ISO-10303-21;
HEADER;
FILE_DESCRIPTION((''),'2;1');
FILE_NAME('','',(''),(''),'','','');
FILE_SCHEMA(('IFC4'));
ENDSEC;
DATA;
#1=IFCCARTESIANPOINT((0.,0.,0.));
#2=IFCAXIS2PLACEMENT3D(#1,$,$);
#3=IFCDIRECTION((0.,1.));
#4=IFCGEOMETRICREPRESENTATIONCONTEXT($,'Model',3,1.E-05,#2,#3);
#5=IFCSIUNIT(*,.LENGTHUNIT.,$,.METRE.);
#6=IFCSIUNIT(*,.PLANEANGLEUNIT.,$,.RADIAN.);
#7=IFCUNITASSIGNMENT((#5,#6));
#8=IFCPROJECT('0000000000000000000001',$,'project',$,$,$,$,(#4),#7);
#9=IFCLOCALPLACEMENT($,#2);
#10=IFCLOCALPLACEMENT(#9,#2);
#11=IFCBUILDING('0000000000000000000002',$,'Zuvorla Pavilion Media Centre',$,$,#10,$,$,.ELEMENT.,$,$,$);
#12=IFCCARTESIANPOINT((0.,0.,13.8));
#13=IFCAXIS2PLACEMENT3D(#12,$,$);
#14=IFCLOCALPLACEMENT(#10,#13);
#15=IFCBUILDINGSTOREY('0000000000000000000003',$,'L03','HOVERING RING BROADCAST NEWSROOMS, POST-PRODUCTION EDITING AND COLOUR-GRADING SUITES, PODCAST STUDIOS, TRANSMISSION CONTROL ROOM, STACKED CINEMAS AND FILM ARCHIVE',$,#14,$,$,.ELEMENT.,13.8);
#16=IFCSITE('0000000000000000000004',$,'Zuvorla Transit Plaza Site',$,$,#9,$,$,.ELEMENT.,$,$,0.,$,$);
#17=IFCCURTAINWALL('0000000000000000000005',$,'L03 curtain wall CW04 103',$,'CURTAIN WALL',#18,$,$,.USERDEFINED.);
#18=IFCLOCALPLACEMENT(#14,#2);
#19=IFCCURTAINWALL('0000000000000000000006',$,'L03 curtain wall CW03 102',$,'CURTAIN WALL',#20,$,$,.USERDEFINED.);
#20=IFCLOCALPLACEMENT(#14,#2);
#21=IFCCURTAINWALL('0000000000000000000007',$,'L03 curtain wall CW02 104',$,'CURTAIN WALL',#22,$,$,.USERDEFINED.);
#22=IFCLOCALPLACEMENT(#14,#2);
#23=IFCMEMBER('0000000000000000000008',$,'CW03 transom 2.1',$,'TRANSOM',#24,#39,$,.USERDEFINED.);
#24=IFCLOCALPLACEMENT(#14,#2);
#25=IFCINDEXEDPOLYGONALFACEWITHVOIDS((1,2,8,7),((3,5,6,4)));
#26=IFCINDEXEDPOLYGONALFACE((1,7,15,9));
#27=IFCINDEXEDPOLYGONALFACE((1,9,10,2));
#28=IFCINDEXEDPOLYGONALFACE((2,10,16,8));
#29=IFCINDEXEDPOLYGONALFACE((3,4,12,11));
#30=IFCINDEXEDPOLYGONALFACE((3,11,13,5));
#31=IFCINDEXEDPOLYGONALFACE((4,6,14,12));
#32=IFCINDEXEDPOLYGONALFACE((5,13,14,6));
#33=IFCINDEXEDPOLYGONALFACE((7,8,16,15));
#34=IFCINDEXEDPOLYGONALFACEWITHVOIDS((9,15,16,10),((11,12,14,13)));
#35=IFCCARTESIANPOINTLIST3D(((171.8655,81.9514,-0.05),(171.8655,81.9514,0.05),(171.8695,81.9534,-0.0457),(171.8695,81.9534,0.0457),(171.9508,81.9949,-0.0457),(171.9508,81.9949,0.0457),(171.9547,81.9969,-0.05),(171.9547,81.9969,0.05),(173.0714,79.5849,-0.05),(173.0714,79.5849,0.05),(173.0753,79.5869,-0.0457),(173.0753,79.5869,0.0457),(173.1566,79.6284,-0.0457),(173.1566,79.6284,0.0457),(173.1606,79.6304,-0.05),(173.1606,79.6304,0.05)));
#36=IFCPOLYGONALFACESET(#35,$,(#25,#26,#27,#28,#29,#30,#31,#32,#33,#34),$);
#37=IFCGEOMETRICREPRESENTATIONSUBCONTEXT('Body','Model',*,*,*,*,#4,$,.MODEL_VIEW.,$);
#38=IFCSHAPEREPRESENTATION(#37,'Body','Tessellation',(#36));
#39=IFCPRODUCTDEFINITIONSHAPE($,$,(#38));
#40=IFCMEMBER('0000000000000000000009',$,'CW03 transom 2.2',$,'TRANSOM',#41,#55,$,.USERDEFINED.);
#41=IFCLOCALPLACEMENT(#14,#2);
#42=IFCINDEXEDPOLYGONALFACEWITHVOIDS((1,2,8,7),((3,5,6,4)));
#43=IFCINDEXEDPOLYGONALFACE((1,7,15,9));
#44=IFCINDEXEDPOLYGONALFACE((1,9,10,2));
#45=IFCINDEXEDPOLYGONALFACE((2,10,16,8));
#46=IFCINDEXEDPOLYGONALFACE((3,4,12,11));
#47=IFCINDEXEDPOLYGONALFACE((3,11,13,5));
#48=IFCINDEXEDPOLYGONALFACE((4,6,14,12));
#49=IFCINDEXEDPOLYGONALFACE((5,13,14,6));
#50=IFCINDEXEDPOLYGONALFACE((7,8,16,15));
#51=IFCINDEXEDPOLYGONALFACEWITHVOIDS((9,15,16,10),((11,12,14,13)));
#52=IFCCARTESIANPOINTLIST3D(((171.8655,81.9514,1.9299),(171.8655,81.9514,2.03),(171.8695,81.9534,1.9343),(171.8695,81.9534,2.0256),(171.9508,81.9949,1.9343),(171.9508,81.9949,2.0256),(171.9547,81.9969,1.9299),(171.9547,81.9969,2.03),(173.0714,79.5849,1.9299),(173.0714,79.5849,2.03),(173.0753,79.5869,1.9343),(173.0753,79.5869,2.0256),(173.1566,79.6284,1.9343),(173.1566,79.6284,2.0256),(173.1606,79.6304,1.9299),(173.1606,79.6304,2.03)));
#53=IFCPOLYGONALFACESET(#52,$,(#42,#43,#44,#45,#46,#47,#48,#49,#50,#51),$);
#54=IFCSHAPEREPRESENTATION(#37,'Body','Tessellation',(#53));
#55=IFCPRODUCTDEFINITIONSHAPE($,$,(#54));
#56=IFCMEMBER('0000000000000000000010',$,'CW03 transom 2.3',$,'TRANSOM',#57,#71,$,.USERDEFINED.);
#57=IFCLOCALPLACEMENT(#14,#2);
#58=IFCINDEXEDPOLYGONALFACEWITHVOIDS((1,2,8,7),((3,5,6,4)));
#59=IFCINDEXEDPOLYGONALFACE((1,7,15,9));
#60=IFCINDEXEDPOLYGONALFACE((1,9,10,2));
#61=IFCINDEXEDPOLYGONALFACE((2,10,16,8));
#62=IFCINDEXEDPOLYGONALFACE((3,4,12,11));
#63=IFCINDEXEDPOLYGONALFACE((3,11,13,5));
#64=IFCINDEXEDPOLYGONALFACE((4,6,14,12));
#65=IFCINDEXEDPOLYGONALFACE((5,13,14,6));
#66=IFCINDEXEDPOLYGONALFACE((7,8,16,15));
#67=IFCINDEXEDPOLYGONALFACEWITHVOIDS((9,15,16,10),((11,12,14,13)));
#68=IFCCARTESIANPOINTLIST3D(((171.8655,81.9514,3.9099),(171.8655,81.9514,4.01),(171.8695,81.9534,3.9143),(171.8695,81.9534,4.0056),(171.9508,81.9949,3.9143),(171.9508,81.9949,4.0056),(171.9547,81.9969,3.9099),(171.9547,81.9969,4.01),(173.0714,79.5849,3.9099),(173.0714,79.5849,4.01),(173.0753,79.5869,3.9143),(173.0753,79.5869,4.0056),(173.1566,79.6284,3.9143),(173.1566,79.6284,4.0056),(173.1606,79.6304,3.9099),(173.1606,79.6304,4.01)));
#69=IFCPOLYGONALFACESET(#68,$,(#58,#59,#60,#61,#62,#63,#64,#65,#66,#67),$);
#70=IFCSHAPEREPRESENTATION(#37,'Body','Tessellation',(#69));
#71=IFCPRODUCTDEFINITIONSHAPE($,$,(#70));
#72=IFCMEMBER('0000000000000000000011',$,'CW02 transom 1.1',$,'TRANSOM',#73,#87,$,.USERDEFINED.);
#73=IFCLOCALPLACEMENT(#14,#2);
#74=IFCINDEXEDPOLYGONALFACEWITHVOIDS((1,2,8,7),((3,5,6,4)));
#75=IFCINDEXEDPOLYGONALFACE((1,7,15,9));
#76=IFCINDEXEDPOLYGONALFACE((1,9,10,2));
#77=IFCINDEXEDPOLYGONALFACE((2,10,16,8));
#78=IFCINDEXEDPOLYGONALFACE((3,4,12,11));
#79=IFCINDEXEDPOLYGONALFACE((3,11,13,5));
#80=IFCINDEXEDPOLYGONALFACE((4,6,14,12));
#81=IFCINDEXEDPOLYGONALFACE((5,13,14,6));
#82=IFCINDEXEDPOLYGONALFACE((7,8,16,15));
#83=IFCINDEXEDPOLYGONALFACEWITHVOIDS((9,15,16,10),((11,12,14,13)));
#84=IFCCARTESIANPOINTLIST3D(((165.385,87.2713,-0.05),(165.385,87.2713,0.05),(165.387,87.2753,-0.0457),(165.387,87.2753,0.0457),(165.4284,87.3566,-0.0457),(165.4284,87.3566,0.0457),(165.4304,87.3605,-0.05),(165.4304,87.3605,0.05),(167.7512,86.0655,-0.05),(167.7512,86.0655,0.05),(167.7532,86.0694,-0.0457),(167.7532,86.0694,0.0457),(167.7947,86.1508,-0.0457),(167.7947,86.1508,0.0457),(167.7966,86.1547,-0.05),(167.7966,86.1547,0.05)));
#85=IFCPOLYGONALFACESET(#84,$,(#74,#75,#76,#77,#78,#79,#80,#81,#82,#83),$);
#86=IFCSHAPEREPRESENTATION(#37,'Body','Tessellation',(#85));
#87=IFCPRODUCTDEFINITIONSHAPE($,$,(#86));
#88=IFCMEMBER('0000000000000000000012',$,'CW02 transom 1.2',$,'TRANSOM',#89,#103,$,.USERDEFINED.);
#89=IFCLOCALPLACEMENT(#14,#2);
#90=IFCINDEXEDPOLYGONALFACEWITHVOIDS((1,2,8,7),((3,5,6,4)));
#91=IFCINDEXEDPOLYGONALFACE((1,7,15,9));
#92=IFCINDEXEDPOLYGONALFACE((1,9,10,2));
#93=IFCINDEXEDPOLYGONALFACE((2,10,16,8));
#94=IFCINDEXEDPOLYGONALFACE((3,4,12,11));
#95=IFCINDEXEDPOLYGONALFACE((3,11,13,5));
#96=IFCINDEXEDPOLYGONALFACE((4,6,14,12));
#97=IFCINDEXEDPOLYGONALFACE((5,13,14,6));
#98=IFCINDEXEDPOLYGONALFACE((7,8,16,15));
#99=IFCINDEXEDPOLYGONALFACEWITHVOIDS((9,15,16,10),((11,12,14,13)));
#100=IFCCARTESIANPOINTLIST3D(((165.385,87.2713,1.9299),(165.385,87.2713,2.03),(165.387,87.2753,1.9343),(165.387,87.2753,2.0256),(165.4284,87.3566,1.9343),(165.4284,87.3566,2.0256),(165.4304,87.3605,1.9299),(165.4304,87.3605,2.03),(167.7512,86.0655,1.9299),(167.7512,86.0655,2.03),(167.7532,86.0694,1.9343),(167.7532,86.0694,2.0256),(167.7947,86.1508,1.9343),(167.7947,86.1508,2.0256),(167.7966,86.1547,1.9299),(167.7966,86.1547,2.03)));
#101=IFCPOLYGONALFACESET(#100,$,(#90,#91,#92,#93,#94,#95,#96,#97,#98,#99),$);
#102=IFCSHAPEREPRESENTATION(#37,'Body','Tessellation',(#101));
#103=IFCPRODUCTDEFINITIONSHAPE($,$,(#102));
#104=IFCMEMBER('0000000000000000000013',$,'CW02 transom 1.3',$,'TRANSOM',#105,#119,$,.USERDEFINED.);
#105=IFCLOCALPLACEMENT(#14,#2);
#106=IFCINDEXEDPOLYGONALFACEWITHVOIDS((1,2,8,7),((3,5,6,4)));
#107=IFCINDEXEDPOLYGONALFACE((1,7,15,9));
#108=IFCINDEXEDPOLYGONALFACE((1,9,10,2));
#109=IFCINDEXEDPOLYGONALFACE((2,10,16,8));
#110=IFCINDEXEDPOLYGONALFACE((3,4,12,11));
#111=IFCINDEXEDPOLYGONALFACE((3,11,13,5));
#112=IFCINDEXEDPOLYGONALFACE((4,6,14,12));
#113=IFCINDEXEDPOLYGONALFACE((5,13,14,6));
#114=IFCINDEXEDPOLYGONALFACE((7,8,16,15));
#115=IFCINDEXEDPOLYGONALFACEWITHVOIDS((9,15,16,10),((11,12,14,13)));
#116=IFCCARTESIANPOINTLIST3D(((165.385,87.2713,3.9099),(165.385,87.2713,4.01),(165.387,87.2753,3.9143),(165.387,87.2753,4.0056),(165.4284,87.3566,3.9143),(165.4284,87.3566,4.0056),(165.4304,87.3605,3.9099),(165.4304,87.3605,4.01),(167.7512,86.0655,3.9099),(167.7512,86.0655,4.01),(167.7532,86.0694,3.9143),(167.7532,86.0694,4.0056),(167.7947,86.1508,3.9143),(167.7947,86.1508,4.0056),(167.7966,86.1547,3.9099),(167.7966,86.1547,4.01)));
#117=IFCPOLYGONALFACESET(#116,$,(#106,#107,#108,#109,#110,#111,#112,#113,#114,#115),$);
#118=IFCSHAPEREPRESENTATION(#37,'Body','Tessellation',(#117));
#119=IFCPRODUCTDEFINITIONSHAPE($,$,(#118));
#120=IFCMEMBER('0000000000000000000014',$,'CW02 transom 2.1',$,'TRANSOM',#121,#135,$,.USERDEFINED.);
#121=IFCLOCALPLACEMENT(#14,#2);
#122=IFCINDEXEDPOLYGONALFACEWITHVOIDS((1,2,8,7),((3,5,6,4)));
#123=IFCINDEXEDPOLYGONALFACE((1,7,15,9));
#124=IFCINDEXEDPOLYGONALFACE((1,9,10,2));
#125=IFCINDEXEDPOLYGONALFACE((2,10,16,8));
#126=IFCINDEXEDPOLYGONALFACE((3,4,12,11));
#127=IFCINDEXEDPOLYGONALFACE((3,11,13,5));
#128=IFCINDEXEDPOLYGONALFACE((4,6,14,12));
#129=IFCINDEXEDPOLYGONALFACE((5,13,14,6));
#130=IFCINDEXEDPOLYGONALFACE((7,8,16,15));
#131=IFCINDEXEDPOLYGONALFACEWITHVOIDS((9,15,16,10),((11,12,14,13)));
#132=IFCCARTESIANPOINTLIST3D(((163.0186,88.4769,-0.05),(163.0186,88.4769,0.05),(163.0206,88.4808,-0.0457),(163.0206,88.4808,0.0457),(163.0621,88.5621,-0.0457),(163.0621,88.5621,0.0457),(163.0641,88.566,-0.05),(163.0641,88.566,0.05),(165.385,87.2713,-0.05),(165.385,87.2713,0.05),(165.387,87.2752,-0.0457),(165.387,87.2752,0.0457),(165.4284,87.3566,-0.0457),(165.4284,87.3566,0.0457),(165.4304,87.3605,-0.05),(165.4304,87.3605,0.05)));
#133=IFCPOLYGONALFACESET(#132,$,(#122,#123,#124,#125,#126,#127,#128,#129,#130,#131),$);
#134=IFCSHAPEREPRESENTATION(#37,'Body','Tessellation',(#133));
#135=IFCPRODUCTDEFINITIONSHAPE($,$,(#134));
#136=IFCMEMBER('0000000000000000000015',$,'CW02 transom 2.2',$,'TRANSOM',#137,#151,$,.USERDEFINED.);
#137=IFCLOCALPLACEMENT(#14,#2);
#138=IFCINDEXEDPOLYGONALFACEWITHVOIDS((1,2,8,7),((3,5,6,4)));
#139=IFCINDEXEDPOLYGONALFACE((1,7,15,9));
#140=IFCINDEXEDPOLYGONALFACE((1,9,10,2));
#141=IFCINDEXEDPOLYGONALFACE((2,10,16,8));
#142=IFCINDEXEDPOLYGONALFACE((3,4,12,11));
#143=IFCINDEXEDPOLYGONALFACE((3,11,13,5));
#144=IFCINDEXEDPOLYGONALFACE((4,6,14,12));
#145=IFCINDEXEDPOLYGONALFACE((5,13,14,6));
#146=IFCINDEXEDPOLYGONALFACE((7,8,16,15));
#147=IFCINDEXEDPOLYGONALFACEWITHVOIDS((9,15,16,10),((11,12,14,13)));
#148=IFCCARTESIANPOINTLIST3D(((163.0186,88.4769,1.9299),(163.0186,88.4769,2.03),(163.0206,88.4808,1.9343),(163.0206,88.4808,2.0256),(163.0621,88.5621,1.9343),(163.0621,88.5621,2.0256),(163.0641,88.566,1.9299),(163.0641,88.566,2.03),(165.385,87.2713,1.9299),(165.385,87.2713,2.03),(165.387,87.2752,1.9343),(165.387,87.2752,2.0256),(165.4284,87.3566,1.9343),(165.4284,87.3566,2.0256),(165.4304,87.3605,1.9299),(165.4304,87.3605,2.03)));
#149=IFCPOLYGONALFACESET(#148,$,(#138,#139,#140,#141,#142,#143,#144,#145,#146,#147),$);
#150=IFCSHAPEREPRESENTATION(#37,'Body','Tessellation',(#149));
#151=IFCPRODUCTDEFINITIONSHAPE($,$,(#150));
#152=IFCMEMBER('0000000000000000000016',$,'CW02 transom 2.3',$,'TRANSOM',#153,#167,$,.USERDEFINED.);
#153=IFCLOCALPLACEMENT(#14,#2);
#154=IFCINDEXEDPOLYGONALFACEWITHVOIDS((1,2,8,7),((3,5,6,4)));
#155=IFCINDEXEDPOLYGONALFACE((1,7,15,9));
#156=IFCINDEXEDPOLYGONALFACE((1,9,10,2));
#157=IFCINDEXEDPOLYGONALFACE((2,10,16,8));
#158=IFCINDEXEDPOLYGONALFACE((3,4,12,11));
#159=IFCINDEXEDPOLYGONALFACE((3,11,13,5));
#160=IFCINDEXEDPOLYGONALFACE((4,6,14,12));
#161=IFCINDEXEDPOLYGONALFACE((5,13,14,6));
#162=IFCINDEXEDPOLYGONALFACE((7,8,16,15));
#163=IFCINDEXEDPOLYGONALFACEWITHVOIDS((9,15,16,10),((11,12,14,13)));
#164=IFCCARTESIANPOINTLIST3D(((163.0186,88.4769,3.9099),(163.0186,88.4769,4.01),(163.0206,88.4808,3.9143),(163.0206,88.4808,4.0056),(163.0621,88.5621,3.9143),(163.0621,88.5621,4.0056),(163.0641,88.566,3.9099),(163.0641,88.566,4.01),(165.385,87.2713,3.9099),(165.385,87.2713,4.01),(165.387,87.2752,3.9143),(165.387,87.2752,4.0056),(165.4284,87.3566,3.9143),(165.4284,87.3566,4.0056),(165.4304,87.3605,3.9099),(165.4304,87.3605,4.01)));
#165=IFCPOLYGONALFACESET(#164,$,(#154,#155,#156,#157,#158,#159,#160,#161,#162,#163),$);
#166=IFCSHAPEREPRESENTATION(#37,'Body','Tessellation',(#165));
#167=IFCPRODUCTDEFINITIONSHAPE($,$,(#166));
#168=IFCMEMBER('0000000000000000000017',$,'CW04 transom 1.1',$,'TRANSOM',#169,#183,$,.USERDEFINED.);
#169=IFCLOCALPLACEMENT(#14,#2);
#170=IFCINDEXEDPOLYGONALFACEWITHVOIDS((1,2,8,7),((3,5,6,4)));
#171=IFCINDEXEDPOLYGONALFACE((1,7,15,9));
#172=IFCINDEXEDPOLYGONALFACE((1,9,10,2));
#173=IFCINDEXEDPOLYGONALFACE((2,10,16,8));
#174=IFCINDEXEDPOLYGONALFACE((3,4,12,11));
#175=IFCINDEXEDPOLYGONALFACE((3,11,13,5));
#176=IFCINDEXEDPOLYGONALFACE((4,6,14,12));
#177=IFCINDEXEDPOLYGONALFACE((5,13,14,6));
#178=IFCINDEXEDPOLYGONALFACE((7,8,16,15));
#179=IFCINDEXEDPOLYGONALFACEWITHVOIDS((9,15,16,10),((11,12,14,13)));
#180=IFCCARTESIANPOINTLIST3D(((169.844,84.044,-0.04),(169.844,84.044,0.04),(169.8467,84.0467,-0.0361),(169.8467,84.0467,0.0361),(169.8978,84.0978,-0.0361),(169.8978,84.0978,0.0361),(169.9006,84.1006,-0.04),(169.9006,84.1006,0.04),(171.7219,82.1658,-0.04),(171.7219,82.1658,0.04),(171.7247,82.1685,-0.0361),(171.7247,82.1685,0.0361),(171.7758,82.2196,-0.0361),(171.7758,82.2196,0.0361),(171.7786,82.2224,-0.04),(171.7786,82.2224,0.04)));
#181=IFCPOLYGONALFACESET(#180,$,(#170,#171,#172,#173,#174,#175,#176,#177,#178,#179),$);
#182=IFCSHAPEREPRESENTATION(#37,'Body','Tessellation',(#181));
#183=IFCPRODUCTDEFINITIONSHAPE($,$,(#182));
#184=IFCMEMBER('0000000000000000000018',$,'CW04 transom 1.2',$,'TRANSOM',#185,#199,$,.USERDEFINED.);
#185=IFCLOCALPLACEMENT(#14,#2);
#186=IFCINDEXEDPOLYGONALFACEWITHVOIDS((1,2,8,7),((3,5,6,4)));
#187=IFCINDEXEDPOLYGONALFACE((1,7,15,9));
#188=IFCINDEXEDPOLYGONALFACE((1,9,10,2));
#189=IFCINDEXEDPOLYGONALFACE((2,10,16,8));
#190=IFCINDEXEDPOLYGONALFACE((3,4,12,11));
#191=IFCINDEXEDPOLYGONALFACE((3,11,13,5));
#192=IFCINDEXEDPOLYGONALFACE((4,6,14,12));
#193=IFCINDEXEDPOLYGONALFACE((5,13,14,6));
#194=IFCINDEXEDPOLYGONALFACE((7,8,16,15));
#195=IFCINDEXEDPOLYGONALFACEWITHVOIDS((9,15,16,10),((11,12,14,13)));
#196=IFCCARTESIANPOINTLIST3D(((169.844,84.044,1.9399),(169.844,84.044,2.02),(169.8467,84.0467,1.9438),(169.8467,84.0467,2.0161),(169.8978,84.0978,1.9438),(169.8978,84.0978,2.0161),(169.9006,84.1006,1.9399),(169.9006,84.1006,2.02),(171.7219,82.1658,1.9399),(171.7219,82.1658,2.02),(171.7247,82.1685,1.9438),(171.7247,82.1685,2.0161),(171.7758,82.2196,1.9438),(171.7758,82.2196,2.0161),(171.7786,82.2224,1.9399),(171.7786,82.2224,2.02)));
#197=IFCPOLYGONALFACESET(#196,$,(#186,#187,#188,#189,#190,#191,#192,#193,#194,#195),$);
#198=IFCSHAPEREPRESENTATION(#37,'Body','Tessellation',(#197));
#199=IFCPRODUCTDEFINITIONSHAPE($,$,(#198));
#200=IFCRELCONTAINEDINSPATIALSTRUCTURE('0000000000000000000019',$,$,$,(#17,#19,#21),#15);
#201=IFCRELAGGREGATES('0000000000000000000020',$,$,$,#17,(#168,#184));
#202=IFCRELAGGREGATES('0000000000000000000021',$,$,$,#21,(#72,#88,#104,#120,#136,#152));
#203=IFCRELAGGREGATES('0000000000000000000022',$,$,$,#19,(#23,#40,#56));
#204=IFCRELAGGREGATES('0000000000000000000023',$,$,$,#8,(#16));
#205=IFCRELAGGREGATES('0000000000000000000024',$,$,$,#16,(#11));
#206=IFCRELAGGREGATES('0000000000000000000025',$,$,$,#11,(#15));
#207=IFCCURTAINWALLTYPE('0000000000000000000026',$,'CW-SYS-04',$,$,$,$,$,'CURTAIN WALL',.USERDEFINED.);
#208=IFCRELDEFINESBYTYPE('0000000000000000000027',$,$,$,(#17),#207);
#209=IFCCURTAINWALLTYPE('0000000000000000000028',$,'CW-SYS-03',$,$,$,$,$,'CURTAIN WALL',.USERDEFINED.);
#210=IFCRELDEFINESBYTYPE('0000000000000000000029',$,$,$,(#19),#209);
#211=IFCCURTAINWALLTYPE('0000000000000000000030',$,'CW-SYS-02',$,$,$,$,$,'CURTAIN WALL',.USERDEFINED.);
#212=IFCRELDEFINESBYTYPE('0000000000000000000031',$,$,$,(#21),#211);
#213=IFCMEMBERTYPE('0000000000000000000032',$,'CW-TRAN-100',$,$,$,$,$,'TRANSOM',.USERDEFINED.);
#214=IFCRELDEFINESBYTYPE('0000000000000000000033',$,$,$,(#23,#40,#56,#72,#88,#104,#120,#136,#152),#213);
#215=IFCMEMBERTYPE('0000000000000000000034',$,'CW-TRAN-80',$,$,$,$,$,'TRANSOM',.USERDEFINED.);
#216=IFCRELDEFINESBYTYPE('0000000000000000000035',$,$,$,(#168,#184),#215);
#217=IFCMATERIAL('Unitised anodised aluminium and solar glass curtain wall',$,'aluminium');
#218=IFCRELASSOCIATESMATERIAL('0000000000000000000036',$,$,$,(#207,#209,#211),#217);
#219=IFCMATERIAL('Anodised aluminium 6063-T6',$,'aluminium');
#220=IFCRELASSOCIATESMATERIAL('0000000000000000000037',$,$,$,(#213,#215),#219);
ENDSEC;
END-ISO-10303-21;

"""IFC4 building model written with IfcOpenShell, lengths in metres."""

from ifc_helpers import new_model, si_unit, direction, frame, origin, origin_2d, place, context, subcontext, project, spatial, hollow_rectangle, extrude, material, material_profile, profile_set, type_object, element, aggregate, save


model = new_model("IFC4")

# Units and contexts
model_context = context("Model", 3, precision=1e-05, world=origin(), true_north=direction((0.0, 1.0)))
body_context = subcontext(model_context, "Body", "Model", "MODEL_VIEW")
ifc_project = project(units=[si_unit("LENGTHUNIT", "METRE"), si_unit("PLANEANGLEUNIT", "RADIAN")], contexts=[model_context])

# Site, building, storey
site_placement = place(None, origin())
site = spatial("IfcSite", under=ifc_project, at=site_placement, Name="Zuvorla Transit Plaza Site", CompositionType="ELEMENT", RefElevation=0.0)
building_placement = place(site_placement, origin())
building = spatial("IfcBuilding", under=site, at=building_placement, Name="Zuvorla Pavilion Media Centre", CompositionType="ELEMENT")
storey_placement = place(building_placement, frame((0.0, 0.0, 13.8)))
storey = spatial("IfcBuildingStorey", under=building, at=storey_placement, Name="L03", Description="HOVERING RING BROADCAST NEWSROOMS, POST-PRODUCTION EDITING AND COLOUR-GRADING SUITES, PODCAST STUDIOS, TRANSMISSION CONTROL ROOM, STACKED CINEMAS AND FILM ARCHIVE", CompositionType="ELEMENT", Elevation=13.8)

# Curtain walls
ifc_material_1 = material(Name="Unitised anodised aluminium and solar glass curtain wall", Category="aluminium")
curtain_wall_type_1 = type_object("IfcCurtainWallType", Name="CW-SYS-04", ElementType="CURTAIN WALL", PredefinedType="USERDEFINED", material=ifc_material_1)
curtain_wall_1_placement = place(storey_placement, origin())
curtain_wall_1 = element("IfcCurtainWall", 1, at=curtain_wall_1_placement, inside=storey, type_object=curtain_wall_type_1, Name="L03 curtain wall CW04 103", ObjectType="CURTAIN WALL", PredefinedType="USERDEFINED")
ifc_material_2 = material(Name="Anodised aluminium 6063-T6", Category="aluminium")
curtain_wall_type_2 = type_object("IfcCurtainWallType", Name="CW-SYS-03", ElementType="CURTAIN WALL", PredefinedType="USERDEFINED", material=ifc_material_1)
curtain_wall_2_placement = place(storey_placement, origin())
curtain_wall_2 = element("IfcCurtainWall", 2, at=curtain_wall_2_placement, inside=storey, type_object=curtain_wall_type_2, Name="L03 curtain wall CW03 102", ObjectType="CURTAIN WALL", PredefinedType="USERDEFINED")
curtain_wall_type_3 = type_object("IfcCurtainWallType", Name="CW-SYS-02", ElementType="CURTAIN WALL", PredefinedType="USERDEFINED", material=ifc_material_1)
curtain_wall_3_placement = place(storey_placement, origin())
curtain_wall_3 = element("IfcCurtainWall", 3, at=curtain_wall_3_placement, inside=storey, type_object=curtain_wall_type_3, Name="L03 curtain wall CW02 104", ObjectType="CURTAIN WALL", PredefinedType="USERDEFINED")

# Members
ifc_material_profile_1 = material_profile(ifc_material_2, hollow_rectangle(XDim=0.1001, YDim=0.1001, WallThickness=0.0044, at=origin_2d()), Name="ALU TRAN 100x100")
ifc_profile_set_1 = profile_set([ifc_material_profile_1], Name="Anodised aluminium 6063-T6")
member_type_1 = type_object("IfcMemberType", Name="CW-TRAN-100", ElementType="TRANSOM", PredefinedType="USERDEFINED", material=ifc_profile_set_1)
member_1_placement = place(storey_placement, frame((173.116, 79.6077, 0.0), z_axis=(-0.454003, 0.891, 0.0), x_axis=(-0.891, -0.454003, 0.0)))
member_1 = element("IfcMember", 4, at=member_1_placement, type_object=member_type_1, Name="CW03 transom 2.1", ObjectType="TRANSOM", PredefinedType="USERDEFINED", context=body_context, shape_type="SweptSolid", body=[
    extrude(hollow_rectangle(XDim=0.1001, YDim=0.1001, WallThickness=0.0044, at=origin_2d()), origin(), (0.0, 0.0, 1.0), 2.656),
])
member_2_placement = place(storey_placement, frame((173.116, 79.6077, 1.98), z_axis=(-0.454003, 0.891, 0.0), x_axis=(-0.891, -0.454003, 0.0)))
member_2 = element("IfcMember", 5, at=member_2_placement, type_object=member_type_1, Name="CW03 transom 2.2", ObjectType="TRANSOM", PredefinedType="USERDEFINED", context=body_context, shape_type="SweptSolid", body=[
    extrude(hollow_rectangle(XDim=0.1001, YDim=0.1001, WallThickness=0.0044, at=origin_2d()), origin(), (0.0, 0.0, 1.0), 2.656),
])
member_3_placement = place(storey_placement, frame((173.116, 79.6077, 3.96), z_axis=(-0.454003, 0.891, 0.0), x_axis=(-0.891, -0.454003, 0.0)))
member_3 = element("IfcMember", 6, at=member_3_placement, type_object=member_type_1, Name="CW03 transom 2.3", ObjectType="TRANSOM", PredefinedType="USERDEFINED", context=body_context, shape_type="SweptSolid", body=[
    extrude(hollow_rectangle(XDim=0.1001, YDim=0.1001, WallThickness=0.0044, at=origin_2d()), origin(), (0.0, 0.0, 1.0), 2.656),
])
member_4_placement = place(storey_placement, frame((167.7739, 86.1101, 0.0), z_axis=(-0.890981, 0.45404, 0.0), x_axis=(-0.45404, -0.890981, 0.0)))
member_4 = element("IfcMember", 7, at=member_4_placement, type_object=member_type_1, Name="CW02 transom 1.1", ObjectType="TRANSOM", PredefinedType="USERDEFINED", context=body_context, shape_type="SweptSolid", body=[
    extrude(hollow_rectangle(XDim=0.1001, YDim=0.1001, WallThickness=0.0044, at=origin_2d()), origin(), (0.0, 0.0, 1.0), 2.6558),
])
member_5_placement = place(storey_placement, frame((167.7739, 86.1101, 1.98), z_axis=(-0.890981, 0.45404, 0.0), x_axis=(-0.45404, -0.890981, 0.0)))
member_5 = element("IfcMember", 8, at=member_5_placement, type_object=member_type_1, Name="CW02 transom 1.2", ObjectType="TRANSOM", PredefinedType="USERDEFINED", context=body_context, shape_type="SweptSolid", body=[
    extrude(hollow_rectangle(XDim=0.1001, YDim=0.1001, WallThickness=0.0044, at=origin_2d()), origin(), (0.0, 0.0, 1.0), 2.6558),
])
member_6_placement = place(storey_placement, frame((167.7739, 86.1101, 3.96), z_axis=(-0.890981, 0.45404, 0.0), x_axis=(-0.45404, -0.890981, 0.0)))
member_6 = element("IfcMember", 9, at=member_6_placement, type_object=member_type_1, Name="CW02 transom 1.3", ObjectType="TRANSOM", PredefinedType="USERDEFINED", context=body_context, shape_type="SweptSolid", body=[
    extrude(hollow_rectangle(XDim=0.1001, YDim=0.1001, WallThickness=0.0044, at=origin_2d()), origin(), (0.0, 0.0, 1.0), 2.6558),
])
member_7_placement = place(storey_placement, frame((165.4077, 87.3159, 0.0), z_axis=(-0.891037, 0.45393, 0.0), x_axis=(-0.45393, -0.891037, 0.0)))
member_7 = element("IfcMember", 10, at=member_7_placement, type_object=member_type_1, Name="CW02 transom 2.1", ObjectType="TRANSOM", PredefinedType="USERDEFINED", context=body_context, shape_type="SweptSolid", body=[
    extrude(hollow_rectangle(XDim=0.1001, YDim=0.1001, WallThickness=0.0044, at=origin_2d()), origin(), (0.0, 0.0, 1.0), 2.6558),
])
member_8_placement = place(storey_placement, frame((165.4077, 87.3159, 1.98), z_axis=(-0.891037, 0.45393, 0.0), x_axis=(-0.45393, -0.891037, 0.0)))
member_8 = element("IfcMember", 11, at=member_8_placement, type_object=member_type_1, Name="CW02 transom 2.2", ObjectType="TRANSOM", PredefinedType="USERDEFINED", context=body_context, shape_type="SweptSolid", body=[
    extrude(hollow_rectangle(XDim=0.1001, YDim=0.1001, WallThickness=0.0044, at=origin_2d()), origin(), (0.0, 0.0, 1.0), 2.6558),
])
member_9_placement = place(storey_placement, frame((165.4077, 87.3159, 3.96), z_axis=(-0.891037, 0.45393, 0.0), x_axis=(-0.45393, -0.891037, 0.0)))
member_9 = element("IfcMember", 12, at=member_9_placement, type_object=member_type_1, Name="CW02 transom 2.3", ObjectType="TRANSOM", PredefinedType="USERDEFINED", context=body_context, shape_type="SweptSolid", body=[
    extrude(hollow_rectangle(XDim=0.1001, YDim=0.1001, WallThickness=0.0044, at=origin_2d()), origin(), (0.0, 0.0, 1.0), 2.6558),
])
ifc_material_profile_2 = material_profile(ifc_material_2, hollow_rectangle(XDim=0.0801, YDim=0.0801, WallThickness=0.0039, at=origin_2d()), Name="ALU TRAN 80x80")
ifc_profile_set_2 = profile_set([ifc_material_profile_2], Name="Anodised aluminium 6063-T6")
member_type_2 = type_object("IfcMemberType", Name="CW-TRAN-80", ElementType="TRANSOM", PredefinedType="USERDEFINED", material=ifc_profile_set_2)
member_10_placement = place(storey_placement, frame((171.7502, 82.1941, 0.0), z_axis=(-0.707061, 0.707153, 0.0), x_axis=(-0.707153, -0.707061, 0.0)))
member_10 = element("IfcMember", 13, at=member_10_placement, type_object=member_type_2, Name="CW04 transom 1.1", ObjectType="TRANSOM", PredefinedType="USERDEFINED", context=body_context, shape_type="SweptSolid", body=[
    extrude(hollow_rectangle(XDim=0.0801, YDim=0.0801, WallThickness=0.0039, at=origin_2d()), origin(), (0.0, 0.0, 1.0), 2.656),
])
member_11_placement = place(storey_placement, frame((171.7502, 82.1941, 1.98), z_axis=(-0.707061, 0.707153, 0.0), x_axis=(-0.707153, -0.707061, 0.0)))
member_11 = element("IfcMember", 14, at=member_11_placement, type_object=member_type_2, Name="CW04 transom 1.2", ObjectType="TRANSOM", PredefinedType="USERDEFINED", context=body_context, shape_type="SweptSolid", body=[
    extrude(hollow_rectangle(XDim=0.0801, YDim=0.0801, WallThickness=0.0039, at=origin_2d()), origin(), (0.0, 0.0, 1.0), 2.656),
])

aggregate(curtain_wall_1, [member_10, member_11])
aggregate(curtain_wall_3, [member_4, member_5, member_6, member_7, member_8, member_9])
aggregate(curtain_wall_2, [member_1, member_2, member_3])

save(model, "model.ifc")
